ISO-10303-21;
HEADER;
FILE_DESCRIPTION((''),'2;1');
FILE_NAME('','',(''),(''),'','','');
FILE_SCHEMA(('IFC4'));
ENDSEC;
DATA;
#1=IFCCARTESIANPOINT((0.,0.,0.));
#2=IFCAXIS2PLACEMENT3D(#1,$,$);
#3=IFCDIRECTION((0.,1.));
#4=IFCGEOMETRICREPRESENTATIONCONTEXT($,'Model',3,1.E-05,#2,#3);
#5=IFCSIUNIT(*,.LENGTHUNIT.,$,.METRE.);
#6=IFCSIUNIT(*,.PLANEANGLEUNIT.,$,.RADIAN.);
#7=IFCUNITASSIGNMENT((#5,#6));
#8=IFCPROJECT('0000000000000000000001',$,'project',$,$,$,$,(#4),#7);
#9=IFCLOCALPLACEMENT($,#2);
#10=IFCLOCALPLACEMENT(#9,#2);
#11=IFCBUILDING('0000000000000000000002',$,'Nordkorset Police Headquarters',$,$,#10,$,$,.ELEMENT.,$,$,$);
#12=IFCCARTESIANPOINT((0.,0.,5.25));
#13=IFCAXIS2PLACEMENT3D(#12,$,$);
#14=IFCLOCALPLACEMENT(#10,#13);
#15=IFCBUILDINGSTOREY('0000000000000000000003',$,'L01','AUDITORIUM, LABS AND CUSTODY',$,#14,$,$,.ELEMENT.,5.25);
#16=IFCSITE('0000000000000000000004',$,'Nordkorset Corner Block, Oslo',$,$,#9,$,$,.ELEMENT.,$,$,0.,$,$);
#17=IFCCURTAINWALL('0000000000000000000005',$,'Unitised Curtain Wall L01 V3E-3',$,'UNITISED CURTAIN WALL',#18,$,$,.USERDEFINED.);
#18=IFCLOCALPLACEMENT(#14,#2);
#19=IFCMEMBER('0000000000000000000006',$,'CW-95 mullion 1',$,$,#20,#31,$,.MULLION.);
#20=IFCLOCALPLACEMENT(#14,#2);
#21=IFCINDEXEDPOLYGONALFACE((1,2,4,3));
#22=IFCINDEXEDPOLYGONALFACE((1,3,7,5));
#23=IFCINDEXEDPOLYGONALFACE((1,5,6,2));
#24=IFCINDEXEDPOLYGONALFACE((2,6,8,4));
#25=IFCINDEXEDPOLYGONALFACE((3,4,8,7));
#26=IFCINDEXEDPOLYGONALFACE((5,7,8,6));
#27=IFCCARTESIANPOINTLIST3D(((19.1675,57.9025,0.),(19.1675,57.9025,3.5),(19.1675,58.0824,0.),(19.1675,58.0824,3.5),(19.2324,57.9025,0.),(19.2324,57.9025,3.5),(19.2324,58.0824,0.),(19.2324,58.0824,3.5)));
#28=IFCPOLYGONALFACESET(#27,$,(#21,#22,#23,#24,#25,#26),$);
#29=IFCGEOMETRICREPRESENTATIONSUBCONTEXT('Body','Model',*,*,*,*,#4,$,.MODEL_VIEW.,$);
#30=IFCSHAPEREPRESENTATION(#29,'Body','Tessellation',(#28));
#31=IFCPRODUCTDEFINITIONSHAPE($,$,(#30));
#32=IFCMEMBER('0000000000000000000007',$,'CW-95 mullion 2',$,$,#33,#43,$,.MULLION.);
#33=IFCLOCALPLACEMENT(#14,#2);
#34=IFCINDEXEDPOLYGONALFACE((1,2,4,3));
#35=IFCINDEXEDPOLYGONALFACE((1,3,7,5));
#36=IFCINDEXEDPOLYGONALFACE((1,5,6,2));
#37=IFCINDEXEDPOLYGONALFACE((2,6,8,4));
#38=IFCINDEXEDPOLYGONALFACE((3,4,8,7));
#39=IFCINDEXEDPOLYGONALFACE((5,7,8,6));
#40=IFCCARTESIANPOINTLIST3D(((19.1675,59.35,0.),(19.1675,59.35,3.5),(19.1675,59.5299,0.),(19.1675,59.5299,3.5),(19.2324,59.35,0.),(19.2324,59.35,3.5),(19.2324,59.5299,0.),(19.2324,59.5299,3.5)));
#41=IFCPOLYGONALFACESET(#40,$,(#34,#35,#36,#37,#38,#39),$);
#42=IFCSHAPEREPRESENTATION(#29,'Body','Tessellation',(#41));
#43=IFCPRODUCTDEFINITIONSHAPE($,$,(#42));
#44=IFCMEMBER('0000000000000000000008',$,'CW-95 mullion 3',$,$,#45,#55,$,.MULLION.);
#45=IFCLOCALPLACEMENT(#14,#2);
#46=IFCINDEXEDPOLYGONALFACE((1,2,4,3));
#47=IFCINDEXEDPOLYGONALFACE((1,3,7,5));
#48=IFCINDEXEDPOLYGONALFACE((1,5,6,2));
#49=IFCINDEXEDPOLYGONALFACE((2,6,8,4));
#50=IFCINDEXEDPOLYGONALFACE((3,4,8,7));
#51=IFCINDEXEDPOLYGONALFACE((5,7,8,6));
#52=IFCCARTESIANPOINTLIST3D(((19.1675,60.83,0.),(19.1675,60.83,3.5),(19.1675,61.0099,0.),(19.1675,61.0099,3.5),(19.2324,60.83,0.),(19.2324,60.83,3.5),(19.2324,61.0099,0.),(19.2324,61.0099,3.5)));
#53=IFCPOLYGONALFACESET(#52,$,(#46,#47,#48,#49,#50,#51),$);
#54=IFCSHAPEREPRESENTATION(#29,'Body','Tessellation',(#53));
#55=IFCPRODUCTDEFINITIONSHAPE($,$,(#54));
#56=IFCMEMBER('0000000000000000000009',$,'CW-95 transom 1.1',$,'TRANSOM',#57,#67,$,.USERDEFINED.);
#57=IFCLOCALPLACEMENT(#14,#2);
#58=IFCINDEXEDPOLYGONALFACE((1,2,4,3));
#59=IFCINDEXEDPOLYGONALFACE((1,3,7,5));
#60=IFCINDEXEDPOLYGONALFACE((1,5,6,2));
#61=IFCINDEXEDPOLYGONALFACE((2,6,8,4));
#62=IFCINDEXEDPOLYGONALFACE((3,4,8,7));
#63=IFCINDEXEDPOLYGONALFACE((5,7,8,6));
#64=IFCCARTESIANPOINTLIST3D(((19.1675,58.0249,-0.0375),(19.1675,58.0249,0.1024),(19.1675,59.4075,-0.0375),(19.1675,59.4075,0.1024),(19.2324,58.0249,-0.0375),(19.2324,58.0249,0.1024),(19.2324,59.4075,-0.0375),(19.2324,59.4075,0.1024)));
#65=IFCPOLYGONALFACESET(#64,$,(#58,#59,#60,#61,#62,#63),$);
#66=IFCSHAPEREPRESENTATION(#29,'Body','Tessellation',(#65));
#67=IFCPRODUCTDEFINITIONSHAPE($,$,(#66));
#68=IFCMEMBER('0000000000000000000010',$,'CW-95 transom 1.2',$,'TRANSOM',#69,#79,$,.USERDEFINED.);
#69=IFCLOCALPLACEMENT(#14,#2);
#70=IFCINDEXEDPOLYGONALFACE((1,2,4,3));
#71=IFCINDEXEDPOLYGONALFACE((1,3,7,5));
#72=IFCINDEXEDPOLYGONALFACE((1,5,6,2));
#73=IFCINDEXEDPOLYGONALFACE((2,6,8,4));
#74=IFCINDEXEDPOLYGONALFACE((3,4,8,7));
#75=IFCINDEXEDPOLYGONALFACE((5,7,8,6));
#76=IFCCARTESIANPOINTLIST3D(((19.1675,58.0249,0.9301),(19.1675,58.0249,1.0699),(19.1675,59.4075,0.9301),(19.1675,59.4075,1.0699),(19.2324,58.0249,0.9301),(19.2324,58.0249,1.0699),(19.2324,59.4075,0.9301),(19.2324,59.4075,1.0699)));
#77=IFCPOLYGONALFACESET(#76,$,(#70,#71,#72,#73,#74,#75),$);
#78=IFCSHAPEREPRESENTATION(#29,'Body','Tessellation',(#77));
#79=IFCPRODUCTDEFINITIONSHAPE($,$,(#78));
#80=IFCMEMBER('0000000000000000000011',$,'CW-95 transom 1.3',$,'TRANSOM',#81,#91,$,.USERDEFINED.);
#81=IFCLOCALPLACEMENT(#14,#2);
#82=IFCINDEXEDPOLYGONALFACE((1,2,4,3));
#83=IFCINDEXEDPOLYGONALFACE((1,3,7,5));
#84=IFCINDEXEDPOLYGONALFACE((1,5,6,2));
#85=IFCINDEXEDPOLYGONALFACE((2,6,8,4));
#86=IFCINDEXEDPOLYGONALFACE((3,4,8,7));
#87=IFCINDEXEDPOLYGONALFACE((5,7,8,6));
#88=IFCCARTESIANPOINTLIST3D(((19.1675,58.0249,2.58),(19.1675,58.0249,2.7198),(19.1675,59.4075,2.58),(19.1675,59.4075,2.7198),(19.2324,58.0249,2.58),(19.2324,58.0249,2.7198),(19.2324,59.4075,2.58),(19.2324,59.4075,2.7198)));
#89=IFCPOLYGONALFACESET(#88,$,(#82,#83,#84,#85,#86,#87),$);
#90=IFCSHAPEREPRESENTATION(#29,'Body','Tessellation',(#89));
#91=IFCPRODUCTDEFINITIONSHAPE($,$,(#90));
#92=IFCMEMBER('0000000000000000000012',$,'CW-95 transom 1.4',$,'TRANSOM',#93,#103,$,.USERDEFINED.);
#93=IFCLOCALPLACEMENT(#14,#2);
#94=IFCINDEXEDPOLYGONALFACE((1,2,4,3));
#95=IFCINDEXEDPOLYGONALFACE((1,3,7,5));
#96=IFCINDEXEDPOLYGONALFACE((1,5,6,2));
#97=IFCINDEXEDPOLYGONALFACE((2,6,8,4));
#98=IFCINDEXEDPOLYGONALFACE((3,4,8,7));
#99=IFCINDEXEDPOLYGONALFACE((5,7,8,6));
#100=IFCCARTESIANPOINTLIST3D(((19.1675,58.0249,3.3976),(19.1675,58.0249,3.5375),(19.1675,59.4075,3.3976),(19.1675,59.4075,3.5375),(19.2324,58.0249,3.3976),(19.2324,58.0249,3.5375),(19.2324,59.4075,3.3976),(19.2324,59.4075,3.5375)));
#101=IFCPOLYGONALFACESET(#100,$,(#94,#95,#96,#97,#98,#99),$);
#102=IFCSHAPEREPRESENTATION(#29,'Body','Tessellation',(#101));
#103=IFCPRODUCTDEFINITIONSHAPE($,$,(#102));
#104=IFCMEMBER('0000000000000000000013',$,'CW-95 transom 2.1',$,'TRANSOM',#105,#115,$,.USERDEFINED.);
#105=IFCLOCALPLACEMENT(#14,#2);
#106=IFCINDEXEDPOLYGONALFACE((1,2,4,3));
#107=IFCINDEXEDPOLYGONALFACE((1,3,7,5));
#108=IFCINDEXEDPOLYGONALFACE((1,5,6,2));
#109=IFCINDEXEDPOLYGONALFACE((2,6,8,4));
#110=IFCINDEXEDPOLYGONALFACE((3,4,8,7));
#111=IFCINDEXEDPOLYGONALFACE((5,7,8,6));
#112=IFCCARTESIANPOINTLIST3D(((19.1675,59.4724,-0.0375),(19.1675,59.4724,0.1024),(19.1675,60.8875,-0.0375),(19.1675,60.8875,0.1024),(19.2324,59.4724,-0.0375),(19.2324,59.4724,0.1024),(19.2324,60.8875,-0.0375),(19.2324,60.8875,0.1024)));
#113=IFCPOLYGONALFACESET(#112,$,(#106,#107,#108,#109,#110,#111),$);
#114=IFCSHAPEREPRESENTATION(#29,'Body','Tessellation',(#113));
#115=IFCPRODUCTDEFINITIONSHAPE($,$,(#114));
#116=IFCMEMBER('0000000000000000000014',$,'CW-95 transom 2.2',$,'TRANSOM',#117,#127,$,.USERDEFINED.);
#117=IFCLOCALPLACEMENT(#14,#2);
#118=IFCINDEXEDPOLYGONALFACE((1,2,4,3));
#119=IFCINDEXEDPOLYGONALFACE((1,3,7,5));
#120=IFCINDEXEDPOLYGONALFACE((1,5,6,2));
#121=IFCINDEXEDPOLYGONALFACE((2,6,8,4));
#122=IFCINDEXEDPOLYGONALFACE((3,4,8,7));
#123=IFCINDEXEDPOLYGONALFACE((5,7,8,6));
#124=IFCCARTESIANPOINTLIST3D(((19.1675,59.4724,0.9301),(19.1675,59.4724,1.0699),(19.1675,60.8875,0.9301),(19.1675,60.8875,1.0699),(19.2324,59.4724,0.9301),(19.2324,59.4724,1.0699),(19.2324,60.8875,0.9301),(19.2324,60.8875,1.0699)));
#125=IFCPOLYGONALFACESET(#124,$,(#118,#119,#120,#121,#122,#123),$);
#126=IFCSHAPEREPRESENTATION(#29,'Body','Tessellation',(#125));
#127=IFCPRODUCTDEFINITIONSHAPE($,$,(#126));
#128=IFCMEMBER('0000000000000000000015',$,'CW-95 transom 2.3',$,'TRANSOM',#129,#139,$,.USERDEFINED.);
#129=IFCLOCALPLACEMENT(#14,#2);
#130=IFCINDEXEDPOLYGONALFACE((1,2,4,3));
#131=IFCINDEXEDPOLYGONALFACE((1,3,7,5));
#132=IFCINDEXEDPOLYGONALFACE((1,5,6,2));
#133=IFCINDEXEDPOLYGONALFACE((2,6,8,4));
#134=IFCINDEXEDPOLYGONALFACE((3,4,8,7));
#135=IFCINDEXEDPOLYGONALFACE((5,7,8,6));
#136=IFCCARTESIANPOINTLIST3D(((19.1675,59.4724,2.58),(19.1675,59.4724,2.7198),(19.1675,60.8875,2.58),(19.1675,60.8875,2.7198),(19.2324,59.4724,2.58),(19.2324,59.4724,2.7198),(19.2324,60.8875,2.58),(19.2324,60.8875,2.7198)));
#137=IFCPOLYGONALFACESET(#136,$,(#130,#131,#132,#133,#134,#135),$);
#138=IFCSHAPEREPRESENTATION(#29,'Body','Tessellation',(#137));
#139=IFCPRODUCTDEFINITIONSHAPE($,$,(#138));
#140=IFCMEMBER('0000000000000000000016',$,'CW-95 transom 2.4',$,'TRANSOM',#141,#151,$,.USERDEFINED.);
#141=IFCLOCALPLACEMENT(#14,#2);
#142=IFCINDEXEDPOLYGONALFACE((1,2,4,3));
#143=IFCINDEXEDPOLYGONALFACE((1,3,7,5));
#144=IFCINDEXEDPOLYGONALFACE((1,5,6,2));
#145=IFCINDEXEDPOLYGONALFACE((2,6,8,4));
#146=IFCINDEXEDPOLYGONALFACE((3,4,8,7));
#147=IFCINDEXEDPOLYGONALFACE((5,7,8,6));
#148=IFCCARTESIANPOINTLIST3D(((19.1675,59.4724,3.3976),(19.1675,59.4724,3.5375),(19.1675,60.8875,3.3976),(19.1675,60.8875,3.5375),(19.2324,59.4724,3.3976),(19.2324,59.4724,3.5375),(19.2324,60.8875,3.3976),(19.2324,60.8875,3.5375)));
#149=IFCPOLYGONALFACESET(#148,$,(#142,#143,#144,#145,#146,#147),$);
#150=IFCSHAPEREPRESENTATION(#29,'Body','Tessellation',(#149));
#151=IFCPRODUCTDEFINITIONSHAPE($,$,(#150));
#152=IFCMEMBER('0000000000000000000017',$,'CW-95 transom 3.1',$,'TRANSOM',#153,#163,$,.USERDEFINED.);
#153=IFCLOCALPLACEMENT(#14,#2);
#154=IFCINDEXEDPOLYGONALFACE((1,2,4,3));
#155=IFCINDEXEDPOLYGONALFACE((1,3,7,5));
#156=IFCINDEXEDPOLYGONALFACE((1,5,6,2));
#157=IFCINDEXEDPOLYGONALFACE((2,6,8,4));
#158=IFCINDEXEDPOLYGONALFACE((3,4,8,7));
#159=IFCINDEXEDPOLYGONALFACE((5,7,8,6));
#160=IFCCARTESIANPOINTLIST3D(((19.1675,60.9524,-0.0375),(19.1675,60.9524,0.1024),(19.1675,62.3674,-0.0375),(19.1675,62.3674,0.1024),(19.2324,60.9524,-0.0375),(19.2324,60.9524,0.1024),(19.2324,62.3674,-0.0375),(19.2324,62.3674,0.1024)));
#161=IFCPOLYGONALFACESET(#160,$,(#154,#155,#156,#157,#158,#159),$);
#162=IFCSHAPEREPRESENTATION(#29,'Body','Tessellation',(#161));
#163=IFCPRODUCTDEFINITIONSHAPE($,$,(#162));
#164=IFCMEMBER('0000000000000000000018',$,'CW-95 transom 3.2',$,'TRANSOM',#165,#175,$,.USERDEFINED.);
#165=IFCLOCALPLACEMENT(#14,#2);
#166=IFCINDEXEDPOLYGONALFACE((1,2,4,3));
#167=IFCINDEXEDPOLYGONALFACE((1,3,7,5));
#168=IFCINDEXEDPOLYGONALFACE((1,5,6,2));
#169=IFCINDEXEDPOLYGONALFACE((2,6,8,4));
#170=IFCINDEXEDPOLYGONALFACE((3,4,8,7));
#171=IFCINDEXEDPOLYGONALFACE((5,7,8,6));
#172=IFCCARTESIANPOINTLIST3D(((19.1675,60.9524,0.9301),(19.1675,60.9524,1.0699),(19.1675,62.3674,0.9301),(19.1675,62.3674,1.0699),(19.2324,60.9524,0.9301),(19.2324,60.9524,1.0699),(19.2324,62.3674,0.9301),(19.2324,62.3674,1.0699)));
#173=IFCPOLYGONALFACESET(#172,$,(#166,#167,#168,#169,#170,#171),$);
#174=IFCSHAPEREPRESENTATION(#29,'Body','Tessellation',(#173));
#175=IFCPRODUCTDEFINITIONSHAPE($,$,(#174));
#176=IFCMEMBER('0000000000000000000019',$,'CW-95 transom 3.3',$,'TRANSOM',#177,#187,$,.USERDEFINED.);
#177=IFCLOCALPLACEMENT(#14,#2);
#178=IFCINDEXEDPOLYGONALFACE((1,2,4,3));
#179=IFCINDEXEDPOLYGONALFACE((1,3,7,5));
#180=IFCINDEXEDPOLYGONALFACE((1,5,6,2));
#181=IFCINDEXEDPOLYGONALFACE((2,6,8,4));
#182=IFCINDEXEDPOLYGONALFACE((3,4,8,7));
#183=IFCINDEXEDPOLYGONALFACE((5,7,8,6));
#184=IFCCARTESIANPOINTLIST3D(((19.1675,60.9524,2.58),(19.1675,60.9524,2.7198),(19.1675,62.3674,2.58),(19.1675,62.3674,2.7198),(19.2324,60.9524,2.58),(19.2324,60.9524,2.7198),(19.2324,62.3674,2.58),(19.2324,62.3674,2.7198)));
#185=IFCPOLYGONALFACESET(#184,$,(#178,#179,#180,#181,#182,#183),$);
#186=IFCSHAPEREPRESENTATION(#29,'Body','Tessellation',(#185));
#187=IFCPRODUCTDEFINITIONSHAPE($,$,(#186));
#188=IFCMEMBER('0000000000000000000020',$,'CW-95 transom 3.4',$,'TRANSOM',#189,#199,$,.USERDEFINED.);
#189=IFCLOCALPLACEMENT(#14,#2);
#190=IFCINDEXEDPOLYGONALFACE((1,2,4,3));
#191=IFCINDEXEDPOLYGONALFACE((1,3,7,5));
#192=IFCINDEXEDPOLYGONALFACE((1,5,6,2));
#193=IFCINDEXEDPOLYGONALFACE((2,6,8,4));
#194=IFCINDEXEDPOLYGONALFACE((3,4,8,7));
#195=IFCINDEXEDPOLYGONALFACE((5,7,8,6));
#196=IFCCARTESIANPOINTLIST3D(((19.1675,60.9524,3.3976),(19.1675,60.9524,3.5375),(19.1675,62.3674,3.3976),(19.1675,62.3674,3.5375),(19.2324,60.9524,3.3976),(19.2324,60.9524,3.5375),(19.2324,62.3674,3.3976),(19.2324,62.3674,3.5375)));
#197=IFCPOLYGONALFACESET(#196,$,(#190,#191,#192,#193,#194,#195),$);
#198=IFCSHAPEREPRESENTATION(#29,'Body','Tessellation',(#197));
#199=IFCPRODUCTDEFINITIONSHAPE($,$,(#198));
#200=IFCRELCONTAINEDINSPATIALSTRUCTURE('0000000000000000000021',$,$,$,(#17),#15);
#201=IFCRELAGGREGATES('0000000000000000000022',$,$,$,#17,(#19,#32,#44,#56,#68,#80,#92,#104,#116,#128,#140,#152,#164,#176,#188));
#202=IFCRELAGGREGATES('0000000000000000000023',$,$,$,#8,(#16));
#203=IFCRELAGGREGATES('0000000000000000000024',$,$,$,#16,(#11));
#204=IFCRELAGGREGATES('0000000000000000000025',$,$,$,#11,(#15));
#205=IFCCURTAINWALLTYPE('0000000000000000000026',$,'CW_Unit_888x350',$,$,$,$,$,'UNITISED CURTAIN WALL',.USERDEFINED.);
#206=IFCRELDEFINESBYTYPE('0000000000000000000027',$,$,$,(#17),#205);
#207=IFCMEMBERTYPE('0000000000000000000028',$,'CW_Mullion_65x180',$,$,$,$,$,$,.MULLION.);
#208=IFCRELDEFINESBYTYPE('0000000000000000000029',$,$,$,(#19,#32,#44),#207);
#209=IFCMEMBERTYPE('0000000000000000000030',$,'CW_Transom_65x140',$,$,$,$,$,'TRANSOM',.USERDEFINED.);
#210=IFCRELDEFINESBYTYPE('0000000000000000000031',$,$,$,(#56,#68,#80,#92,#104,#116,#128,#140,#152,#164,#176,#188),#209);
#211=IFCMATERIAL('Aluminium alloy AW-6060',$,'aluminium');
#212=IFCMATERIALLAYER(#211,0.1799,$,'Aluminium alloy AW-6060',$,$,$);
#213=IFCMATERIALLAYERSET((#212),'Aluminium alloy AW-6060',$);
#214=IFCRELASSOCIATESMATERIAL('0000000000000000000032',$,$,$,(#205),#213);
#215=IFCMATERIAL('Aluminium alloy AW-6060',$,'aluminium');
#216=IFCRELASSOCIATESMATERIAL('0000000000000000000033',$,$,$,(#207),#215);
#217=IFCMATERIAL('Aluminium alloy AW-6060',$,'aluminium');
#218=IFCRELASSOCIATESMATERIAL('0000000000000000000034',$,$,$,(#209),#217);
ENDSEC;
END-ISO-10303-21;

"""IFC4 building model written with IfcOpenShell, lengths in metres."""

from ifc_helpers import new_model, si_unit, direction, frame, origin, origin_2d, place, context, subcontext, project, spatial, rectangle, extrude, material, layer, layer_set, material_profile, profile_set, type_object, element, aggregate, save


model = new_model("IFC4")

# Units and contexts
model_context = context("Model", 3, precision=1e-05, world=origin(), true_north=direction((0.0, 1.0)))
body_context = subcontext(model_context, "Body", "Model", "MODEL_VIEW")
ifc_project = project(units=[si_unit("LENGTHUNIT", "METRE"), si_unit("PLANEANGLEUNIT", "RADIAN")], contexts=[model_context])

# Site, building, storey
site_placement = place(None, origin())
site = spatial("IfcSite", under=ifc_project, at=site_placement, Name="Nordkorset Corner Block, Oslo", CompositionType="ELEMENT", RefElevation=0.0)
building_placement = place(site_placement, origin())
building = spatial("IfcBuilding", under=site, at=building_placement, Name="Nordkorset Police Headquarters", CompositionType="ELEMENT")
storey_placement = place(building_placement, frame((0.0, 0.0, 5.25)))
storey = spatial("IfcBuildingStorey", under=building, at=storey_placement, Name="L01", Description="AUDITORIUM, LABS AND CUSTODY", CompositionType="ELEMENT", Elevation=5.25)

# Curtain wall, members
ifc_material_1 = material(Name="Aluminium alloy AW-6060", Category="aluminium")
ifc_layer_1 = layer(ifc_material_1, 0.1799, Name="Aluminium alloy AW-6060")
ifc_layer_set_1 = layer_set([ifc_layer_1], Name="Aluminium alloy AW-6060")
curtain_wall_type = type_object("IfcCurtainWallType", Name="CW_Unit_888x350", ElementType="UNITISED CURTAIN WALL", PredefinedType="USERDEFINED", material=ifc_layer_set_1)
curtain_wall_placement = place(storey_placement, origin())
curtain_wall = element("IfcCurtainWall", 1, at=curtain_wall_placement, inside=storey, type_object=curtain_wall_type, Name="Unitised Curtain Wall L01 V3E-3", ObjectType="UNITISED CURTAIN WALL", PredefinedType="USERDEFINED")
ifc_material_2 = material(Name="Aluminium alloy AW-6060", Category="aluminium")
ifc_material_profile_1 = material_profile(ifc_material_2, rectangle(XDim=0.0649, YDim=0.1799, at=origin_2d()), Name="ALU MULL 65x180")
ifc_profile_set_1 = profile_set([ifc_material_profile_1], Name="Aluminium alloy AW-6060")
member_type_1 = type_object("IfcMemberType", Name="CW_Mullion_65x180", PredefinedType="MULLION", material=ifc_profile_set_1)
member_1_placement = place(storey_placement, frame((19.2, 57.9924, 0.0), z_axis=(0.0, 0.0, 1.0), x_axis=(-1.0, 0.0, 0.0)))
member_1 = element("IfcMember", 2, at=member_1_placement, type_object=member_type_1, Name="CW-95 mullion 1", PredefinedType="MULLION", context=body_context, shape_type="SweptSolid", body=[
    extrude(rectangle(XDim=0.0649, YDim=0.1799, at=origin_2d()), origin(), (0.0, 0.0, 1.0), 3.5),
])
member_2_placement = place(storey_placement, frame((19.2, 59.4399, 0.0), z_axis=(0.0, 0.0, 1.0), x_axis=(-1.0, 0.0, 0.0)))
member_2 = element("IfcMember", 3, at=member_2_placement, type_object=member_type_1, Name="CW-95 mullion 2", PredefinedType="MULLION", context=body_context, shape_type="SweptSolid", body=[
    extrude(rectangle(XDim=0.0649, YDim=0.1799, at=origin_2d()), origin(), (0.0, 0.0, 1.0), 3.5),
])
member_3_placement = place(storey_placement, frame((19.2, 60.9199, 0.0), z_axis=(0.0, 0.0, 1.0), x_axis=(-1.0, 0.0, 0.0)))
member_3 = element("IfcMember", 4, at=member_3_placement, type_object=member_type_1, Name="CW-95 mullion 3", PredefinedType="MULLION", context=body_context, shape_type="SweptSolid", body=[
    extrude(rectangle(XDim=0.0649, YDim=0.1799, at=origin_2d()), origin(), (0.0, 0.0, 1.0), 3.5),
])
ifc_material_3 = material(Name="Aluminium alloy AW-6060", Category="aluminium")
ifc_material_profile_2 = material_profile(ifc_material_3, rectangle(XDim=0.0649, YDim=0.1399, at=origin_2d()), Name="ALU TRAN 65x140")
ifc_profile_set_2 = profile_set([ifc_material_profile_2], Name="Aluminium alloy AW-6060")
member_type_2 = type_object("IfcMemberType", Name="CW_Transom_65x140", ElementType="TRANSOM", PredefinedType="USERDEFINED", material=ifc_profile_set_2)
member_4_placement = place(storey_placement, frame((19.2, 58.0249, 0.0325), z_axis=(0.0, 1.0, 0.0), x_axis=(-1.0, 0.0, 0.0)))
member_4 = element("IfcMember", 5, at=member_4_placement, type_object=member_type_2, Name="CW-95 transom 1.1", ObjectType="TRANSOM", PredefinedType="USERDEFINED", context=body_context, shape_type="SweptSolid", body=[
    extrude(rectangle(XDim=0.0649, YDim=0.1399, at=origin_2d()), origin(), (0.0, 0.0, 1.0), 1.3826),
])
member_5_placement = place(storey_placement, frame((19.2, 58.0249, 1.0), z_axis=(0.0, 1.0, 0.0), x_axis=(-1.0, 0.0, 0.0)))
member_5 = element("IfcMember", 6, at=member_5_placement, type_object=member_type_2, Name="CW-95 transom 1.2", ObjectType="TRANSOM", PredefinedType="USERDEFINED", context=body_context, shape_type="SweptSolid", body=[
    extrude(rectangle(XDim=0.0649, YDim=0.1399, at=origin_2d()), origin(), (0.0, 0.0, 1.0), 1.3826),
])
member_6_placement = place(storey_placement, frame((19.2, 58.0249, 2.6499), z_axis=(0.0, 1.0, 0.0), x_axis=(-1.0, 0.0, 0.0)))
member_6 = element("IfcMember", 7, at=member_6_placement, type_object=member_type_2, Name="CW-95 transom 1.3", ObjectType="TRANSOM", PredefinedType="USERDEFINED", context=body_context, shape_type="SweptSolid", body=[
    extrude(rectangle(XDim=0.0649, YDim=0.1399, at=origin_2d()), origin(), (0.0, 0.0, 1.0), 1.3826),
])
member_7_placement = place(storey_placement, frame((19.2, 58.0249, 3.4675), z_axis=(0.0, 1.0, 0.0), x_axis=(-1.0, 0.0, 0.0)))
member_7 = element("IfcMember", 8, at=member_7_placement, type_object=member_type_2, Name="CW-95 transom 1.4", ObjectType="TRANSOM", PredefinedType="USERDEFINED", context=body_context, shape_type="SweptSolid", body=[
    extrude(rectangle(XDim=0.0649, YDim=0.1399, at=origin_2d()), origin(), (0.0, 0.0, 1.0), 1.3826),
])
member_8_placement = place(storey_placement, frame((19.2, 59.4724, 0.0325), z_axis=(0.0, 1.0, 0.0), x_axis=(-1.0, 0.0, 0.0)))
member_8 = element("IfcMember", 9, at=member_8_placement, type_object=member_type_2, Name="CW-95 transom 2.1", ObjectType="TRANSOM", PredefinedType="USERDEFINED", context=body_context, shape_type="SweptSolid", body=[
    extrude(rectangle(XDim=0.0649, YDim=0.1399, at=origin_2d()), origin(), (0.0, 0.0, 1.0), 1.415),
])
member_9_placement = place(storey_placement, frame((19.2, 59.4724, 1.0), z_axis=(0.0, 1.0, 0.0), x_axis=(-1.0, 0.0, 0.0)))
member_9 = element("IfcMember", 10, at=member_9_placement, type_object=member_type_2, Name="CW-95 transom 2.2", ObjectType="TRANSOM", PredefinedType="USERDEFINED", context=body_context, shape_type="SweptSolid", body=[
    extrude(rectangle(XDim=0.0649, YDim=0.1399, at=origin_2d()), origin(), (0.0, 0.0, 1.0), 1.415),
])
member_10_placement = place(storey_placement, frame((19.2, 59.4724, 2.6499), z_axis=(0.0, 1.0, 0.0), x_axis=(-1.0, 0.0, 0.0)))
member_10 = element("IfcMember", 11, at=member_10_placement, type_object=member_type_2, Name="CW-95 transom 2.3", ObjectType="TRANSOM", PredefinedType="USERDEFINED", context=body_context, shape_type="SweptSolid", body=[
    extrude(rectangle(XDim=0.0649, YDim=0.1399, at=origin_2d()), origin(), (0.0, 0.0, 1.0), 1.415),
])
member_11_placement = place(storey_placement, frame((19.2, 59.4724, 3.4675), z_axis=(0.0, 1.0, 0.0), x_axis=(-1.0, 0.0, 0.0)))
member_11 = element("IfcMember", 12, at=member_11_placement, type_object=member_type_2, Name="CW-95 transom 2.4", ObjectType="TRANSOM", PredefinedType="USERDEFINED", context=body_context, shape_type="SweptSolid", body=[
    extrude(rectangle(XDim=0.0649, YDim=0.1399, at=origin_2d()), origin(), (0.0, 0.0, 1.0), 1.415),
])
member_12_placement = place(storey_placement, frame((19.2, 60.9524, 0.0325), z_axis=(0.0, 1.0, 0.0), x_axis=(-1.0, 0.0, 0.0)))
member_12 = element("IfcMember", 13, at=member_12_placement, type_object=member_type_2, Name="CW-95 transom 3.1", ObjectType="TRANSOM", PredefinedType="USERDEFINED", context=body_context, shape_type="SweptSolid", body=[
    extrude(rectangle(XDim=0.0649, YDim=0.1399, at=origin_2d()), origin(), (0.0, 0.0, 1.0), 1.415),
])
member_13_placement = place(storey_placement, frame((19.2, 60.9524, 1.0), z_axis=(0.0, 1.0, 0.0), x_axis=(-1.0, 0.0, 0.0)))
member_13 = element("IfcMember", 14, at=member_13_placement, type_object=member_type_2, Name="CW-95 transom 3.2", ObjectType="TRANSOM", PredefinedType="USERDEFINED", context=body_context, shape_type="SweptSolid", body=[
    extrude(rectangle(XDim=0.0649, YDim=0.1399, at=origin_2d()), origin(), (0.0, 0.0, 1.0), 1.415),
])
member_14_placement = place(storey_placement, frame((19.2, 60.9524, 2.6499), z_axis=(0.0, 1.0, 0.0), x_axis=(-1.0, 0.0, 0.0)))
member_14 = element("IfcMember", 15, at=member_14_placement, type_object=member_type_2, Name="CW-95 transom 3.3", ObjectType="TRANSOM", PredefinedType="USERDEFINED", context=body_context, shape_type="SweptSolid", body=[
    extrude(rectangle(XDim=0.0649, YDim=0.1399, at=origin_2d()), origin(), (0.0, 0.0, 1.0), 1.415),
])
member_15_placement = place(storey_placement, frame((19.2, 60.9524, 3.4675), z_axis=(0.0, 1.0, 0.0), x_axis=(-1.0, 0.0, 0.0)))
member_15 = element("IfcMember", 16, at=member_15_placement, type_object=member_type_2, Name="CW-95 transom 3.4", ObjectType="TRANSOM", PredefinedType="USERDEFINED", context=body_context, shape_type="SweptSolid", body=[
    extrude(rectangle(XDim=0.0649, YDim=0.1399, at=origin_2d()), origin(), (0.0, 0.0, 1.0), 1.415),
])
aggregate(curtain_wall, [member_1, member_2, member_3, member_4, member_5, member_6, member_7, member_8, member_9, member_10, member_11, member_12, member_13, member_14, member_15])

save(model, "model.ifc")
